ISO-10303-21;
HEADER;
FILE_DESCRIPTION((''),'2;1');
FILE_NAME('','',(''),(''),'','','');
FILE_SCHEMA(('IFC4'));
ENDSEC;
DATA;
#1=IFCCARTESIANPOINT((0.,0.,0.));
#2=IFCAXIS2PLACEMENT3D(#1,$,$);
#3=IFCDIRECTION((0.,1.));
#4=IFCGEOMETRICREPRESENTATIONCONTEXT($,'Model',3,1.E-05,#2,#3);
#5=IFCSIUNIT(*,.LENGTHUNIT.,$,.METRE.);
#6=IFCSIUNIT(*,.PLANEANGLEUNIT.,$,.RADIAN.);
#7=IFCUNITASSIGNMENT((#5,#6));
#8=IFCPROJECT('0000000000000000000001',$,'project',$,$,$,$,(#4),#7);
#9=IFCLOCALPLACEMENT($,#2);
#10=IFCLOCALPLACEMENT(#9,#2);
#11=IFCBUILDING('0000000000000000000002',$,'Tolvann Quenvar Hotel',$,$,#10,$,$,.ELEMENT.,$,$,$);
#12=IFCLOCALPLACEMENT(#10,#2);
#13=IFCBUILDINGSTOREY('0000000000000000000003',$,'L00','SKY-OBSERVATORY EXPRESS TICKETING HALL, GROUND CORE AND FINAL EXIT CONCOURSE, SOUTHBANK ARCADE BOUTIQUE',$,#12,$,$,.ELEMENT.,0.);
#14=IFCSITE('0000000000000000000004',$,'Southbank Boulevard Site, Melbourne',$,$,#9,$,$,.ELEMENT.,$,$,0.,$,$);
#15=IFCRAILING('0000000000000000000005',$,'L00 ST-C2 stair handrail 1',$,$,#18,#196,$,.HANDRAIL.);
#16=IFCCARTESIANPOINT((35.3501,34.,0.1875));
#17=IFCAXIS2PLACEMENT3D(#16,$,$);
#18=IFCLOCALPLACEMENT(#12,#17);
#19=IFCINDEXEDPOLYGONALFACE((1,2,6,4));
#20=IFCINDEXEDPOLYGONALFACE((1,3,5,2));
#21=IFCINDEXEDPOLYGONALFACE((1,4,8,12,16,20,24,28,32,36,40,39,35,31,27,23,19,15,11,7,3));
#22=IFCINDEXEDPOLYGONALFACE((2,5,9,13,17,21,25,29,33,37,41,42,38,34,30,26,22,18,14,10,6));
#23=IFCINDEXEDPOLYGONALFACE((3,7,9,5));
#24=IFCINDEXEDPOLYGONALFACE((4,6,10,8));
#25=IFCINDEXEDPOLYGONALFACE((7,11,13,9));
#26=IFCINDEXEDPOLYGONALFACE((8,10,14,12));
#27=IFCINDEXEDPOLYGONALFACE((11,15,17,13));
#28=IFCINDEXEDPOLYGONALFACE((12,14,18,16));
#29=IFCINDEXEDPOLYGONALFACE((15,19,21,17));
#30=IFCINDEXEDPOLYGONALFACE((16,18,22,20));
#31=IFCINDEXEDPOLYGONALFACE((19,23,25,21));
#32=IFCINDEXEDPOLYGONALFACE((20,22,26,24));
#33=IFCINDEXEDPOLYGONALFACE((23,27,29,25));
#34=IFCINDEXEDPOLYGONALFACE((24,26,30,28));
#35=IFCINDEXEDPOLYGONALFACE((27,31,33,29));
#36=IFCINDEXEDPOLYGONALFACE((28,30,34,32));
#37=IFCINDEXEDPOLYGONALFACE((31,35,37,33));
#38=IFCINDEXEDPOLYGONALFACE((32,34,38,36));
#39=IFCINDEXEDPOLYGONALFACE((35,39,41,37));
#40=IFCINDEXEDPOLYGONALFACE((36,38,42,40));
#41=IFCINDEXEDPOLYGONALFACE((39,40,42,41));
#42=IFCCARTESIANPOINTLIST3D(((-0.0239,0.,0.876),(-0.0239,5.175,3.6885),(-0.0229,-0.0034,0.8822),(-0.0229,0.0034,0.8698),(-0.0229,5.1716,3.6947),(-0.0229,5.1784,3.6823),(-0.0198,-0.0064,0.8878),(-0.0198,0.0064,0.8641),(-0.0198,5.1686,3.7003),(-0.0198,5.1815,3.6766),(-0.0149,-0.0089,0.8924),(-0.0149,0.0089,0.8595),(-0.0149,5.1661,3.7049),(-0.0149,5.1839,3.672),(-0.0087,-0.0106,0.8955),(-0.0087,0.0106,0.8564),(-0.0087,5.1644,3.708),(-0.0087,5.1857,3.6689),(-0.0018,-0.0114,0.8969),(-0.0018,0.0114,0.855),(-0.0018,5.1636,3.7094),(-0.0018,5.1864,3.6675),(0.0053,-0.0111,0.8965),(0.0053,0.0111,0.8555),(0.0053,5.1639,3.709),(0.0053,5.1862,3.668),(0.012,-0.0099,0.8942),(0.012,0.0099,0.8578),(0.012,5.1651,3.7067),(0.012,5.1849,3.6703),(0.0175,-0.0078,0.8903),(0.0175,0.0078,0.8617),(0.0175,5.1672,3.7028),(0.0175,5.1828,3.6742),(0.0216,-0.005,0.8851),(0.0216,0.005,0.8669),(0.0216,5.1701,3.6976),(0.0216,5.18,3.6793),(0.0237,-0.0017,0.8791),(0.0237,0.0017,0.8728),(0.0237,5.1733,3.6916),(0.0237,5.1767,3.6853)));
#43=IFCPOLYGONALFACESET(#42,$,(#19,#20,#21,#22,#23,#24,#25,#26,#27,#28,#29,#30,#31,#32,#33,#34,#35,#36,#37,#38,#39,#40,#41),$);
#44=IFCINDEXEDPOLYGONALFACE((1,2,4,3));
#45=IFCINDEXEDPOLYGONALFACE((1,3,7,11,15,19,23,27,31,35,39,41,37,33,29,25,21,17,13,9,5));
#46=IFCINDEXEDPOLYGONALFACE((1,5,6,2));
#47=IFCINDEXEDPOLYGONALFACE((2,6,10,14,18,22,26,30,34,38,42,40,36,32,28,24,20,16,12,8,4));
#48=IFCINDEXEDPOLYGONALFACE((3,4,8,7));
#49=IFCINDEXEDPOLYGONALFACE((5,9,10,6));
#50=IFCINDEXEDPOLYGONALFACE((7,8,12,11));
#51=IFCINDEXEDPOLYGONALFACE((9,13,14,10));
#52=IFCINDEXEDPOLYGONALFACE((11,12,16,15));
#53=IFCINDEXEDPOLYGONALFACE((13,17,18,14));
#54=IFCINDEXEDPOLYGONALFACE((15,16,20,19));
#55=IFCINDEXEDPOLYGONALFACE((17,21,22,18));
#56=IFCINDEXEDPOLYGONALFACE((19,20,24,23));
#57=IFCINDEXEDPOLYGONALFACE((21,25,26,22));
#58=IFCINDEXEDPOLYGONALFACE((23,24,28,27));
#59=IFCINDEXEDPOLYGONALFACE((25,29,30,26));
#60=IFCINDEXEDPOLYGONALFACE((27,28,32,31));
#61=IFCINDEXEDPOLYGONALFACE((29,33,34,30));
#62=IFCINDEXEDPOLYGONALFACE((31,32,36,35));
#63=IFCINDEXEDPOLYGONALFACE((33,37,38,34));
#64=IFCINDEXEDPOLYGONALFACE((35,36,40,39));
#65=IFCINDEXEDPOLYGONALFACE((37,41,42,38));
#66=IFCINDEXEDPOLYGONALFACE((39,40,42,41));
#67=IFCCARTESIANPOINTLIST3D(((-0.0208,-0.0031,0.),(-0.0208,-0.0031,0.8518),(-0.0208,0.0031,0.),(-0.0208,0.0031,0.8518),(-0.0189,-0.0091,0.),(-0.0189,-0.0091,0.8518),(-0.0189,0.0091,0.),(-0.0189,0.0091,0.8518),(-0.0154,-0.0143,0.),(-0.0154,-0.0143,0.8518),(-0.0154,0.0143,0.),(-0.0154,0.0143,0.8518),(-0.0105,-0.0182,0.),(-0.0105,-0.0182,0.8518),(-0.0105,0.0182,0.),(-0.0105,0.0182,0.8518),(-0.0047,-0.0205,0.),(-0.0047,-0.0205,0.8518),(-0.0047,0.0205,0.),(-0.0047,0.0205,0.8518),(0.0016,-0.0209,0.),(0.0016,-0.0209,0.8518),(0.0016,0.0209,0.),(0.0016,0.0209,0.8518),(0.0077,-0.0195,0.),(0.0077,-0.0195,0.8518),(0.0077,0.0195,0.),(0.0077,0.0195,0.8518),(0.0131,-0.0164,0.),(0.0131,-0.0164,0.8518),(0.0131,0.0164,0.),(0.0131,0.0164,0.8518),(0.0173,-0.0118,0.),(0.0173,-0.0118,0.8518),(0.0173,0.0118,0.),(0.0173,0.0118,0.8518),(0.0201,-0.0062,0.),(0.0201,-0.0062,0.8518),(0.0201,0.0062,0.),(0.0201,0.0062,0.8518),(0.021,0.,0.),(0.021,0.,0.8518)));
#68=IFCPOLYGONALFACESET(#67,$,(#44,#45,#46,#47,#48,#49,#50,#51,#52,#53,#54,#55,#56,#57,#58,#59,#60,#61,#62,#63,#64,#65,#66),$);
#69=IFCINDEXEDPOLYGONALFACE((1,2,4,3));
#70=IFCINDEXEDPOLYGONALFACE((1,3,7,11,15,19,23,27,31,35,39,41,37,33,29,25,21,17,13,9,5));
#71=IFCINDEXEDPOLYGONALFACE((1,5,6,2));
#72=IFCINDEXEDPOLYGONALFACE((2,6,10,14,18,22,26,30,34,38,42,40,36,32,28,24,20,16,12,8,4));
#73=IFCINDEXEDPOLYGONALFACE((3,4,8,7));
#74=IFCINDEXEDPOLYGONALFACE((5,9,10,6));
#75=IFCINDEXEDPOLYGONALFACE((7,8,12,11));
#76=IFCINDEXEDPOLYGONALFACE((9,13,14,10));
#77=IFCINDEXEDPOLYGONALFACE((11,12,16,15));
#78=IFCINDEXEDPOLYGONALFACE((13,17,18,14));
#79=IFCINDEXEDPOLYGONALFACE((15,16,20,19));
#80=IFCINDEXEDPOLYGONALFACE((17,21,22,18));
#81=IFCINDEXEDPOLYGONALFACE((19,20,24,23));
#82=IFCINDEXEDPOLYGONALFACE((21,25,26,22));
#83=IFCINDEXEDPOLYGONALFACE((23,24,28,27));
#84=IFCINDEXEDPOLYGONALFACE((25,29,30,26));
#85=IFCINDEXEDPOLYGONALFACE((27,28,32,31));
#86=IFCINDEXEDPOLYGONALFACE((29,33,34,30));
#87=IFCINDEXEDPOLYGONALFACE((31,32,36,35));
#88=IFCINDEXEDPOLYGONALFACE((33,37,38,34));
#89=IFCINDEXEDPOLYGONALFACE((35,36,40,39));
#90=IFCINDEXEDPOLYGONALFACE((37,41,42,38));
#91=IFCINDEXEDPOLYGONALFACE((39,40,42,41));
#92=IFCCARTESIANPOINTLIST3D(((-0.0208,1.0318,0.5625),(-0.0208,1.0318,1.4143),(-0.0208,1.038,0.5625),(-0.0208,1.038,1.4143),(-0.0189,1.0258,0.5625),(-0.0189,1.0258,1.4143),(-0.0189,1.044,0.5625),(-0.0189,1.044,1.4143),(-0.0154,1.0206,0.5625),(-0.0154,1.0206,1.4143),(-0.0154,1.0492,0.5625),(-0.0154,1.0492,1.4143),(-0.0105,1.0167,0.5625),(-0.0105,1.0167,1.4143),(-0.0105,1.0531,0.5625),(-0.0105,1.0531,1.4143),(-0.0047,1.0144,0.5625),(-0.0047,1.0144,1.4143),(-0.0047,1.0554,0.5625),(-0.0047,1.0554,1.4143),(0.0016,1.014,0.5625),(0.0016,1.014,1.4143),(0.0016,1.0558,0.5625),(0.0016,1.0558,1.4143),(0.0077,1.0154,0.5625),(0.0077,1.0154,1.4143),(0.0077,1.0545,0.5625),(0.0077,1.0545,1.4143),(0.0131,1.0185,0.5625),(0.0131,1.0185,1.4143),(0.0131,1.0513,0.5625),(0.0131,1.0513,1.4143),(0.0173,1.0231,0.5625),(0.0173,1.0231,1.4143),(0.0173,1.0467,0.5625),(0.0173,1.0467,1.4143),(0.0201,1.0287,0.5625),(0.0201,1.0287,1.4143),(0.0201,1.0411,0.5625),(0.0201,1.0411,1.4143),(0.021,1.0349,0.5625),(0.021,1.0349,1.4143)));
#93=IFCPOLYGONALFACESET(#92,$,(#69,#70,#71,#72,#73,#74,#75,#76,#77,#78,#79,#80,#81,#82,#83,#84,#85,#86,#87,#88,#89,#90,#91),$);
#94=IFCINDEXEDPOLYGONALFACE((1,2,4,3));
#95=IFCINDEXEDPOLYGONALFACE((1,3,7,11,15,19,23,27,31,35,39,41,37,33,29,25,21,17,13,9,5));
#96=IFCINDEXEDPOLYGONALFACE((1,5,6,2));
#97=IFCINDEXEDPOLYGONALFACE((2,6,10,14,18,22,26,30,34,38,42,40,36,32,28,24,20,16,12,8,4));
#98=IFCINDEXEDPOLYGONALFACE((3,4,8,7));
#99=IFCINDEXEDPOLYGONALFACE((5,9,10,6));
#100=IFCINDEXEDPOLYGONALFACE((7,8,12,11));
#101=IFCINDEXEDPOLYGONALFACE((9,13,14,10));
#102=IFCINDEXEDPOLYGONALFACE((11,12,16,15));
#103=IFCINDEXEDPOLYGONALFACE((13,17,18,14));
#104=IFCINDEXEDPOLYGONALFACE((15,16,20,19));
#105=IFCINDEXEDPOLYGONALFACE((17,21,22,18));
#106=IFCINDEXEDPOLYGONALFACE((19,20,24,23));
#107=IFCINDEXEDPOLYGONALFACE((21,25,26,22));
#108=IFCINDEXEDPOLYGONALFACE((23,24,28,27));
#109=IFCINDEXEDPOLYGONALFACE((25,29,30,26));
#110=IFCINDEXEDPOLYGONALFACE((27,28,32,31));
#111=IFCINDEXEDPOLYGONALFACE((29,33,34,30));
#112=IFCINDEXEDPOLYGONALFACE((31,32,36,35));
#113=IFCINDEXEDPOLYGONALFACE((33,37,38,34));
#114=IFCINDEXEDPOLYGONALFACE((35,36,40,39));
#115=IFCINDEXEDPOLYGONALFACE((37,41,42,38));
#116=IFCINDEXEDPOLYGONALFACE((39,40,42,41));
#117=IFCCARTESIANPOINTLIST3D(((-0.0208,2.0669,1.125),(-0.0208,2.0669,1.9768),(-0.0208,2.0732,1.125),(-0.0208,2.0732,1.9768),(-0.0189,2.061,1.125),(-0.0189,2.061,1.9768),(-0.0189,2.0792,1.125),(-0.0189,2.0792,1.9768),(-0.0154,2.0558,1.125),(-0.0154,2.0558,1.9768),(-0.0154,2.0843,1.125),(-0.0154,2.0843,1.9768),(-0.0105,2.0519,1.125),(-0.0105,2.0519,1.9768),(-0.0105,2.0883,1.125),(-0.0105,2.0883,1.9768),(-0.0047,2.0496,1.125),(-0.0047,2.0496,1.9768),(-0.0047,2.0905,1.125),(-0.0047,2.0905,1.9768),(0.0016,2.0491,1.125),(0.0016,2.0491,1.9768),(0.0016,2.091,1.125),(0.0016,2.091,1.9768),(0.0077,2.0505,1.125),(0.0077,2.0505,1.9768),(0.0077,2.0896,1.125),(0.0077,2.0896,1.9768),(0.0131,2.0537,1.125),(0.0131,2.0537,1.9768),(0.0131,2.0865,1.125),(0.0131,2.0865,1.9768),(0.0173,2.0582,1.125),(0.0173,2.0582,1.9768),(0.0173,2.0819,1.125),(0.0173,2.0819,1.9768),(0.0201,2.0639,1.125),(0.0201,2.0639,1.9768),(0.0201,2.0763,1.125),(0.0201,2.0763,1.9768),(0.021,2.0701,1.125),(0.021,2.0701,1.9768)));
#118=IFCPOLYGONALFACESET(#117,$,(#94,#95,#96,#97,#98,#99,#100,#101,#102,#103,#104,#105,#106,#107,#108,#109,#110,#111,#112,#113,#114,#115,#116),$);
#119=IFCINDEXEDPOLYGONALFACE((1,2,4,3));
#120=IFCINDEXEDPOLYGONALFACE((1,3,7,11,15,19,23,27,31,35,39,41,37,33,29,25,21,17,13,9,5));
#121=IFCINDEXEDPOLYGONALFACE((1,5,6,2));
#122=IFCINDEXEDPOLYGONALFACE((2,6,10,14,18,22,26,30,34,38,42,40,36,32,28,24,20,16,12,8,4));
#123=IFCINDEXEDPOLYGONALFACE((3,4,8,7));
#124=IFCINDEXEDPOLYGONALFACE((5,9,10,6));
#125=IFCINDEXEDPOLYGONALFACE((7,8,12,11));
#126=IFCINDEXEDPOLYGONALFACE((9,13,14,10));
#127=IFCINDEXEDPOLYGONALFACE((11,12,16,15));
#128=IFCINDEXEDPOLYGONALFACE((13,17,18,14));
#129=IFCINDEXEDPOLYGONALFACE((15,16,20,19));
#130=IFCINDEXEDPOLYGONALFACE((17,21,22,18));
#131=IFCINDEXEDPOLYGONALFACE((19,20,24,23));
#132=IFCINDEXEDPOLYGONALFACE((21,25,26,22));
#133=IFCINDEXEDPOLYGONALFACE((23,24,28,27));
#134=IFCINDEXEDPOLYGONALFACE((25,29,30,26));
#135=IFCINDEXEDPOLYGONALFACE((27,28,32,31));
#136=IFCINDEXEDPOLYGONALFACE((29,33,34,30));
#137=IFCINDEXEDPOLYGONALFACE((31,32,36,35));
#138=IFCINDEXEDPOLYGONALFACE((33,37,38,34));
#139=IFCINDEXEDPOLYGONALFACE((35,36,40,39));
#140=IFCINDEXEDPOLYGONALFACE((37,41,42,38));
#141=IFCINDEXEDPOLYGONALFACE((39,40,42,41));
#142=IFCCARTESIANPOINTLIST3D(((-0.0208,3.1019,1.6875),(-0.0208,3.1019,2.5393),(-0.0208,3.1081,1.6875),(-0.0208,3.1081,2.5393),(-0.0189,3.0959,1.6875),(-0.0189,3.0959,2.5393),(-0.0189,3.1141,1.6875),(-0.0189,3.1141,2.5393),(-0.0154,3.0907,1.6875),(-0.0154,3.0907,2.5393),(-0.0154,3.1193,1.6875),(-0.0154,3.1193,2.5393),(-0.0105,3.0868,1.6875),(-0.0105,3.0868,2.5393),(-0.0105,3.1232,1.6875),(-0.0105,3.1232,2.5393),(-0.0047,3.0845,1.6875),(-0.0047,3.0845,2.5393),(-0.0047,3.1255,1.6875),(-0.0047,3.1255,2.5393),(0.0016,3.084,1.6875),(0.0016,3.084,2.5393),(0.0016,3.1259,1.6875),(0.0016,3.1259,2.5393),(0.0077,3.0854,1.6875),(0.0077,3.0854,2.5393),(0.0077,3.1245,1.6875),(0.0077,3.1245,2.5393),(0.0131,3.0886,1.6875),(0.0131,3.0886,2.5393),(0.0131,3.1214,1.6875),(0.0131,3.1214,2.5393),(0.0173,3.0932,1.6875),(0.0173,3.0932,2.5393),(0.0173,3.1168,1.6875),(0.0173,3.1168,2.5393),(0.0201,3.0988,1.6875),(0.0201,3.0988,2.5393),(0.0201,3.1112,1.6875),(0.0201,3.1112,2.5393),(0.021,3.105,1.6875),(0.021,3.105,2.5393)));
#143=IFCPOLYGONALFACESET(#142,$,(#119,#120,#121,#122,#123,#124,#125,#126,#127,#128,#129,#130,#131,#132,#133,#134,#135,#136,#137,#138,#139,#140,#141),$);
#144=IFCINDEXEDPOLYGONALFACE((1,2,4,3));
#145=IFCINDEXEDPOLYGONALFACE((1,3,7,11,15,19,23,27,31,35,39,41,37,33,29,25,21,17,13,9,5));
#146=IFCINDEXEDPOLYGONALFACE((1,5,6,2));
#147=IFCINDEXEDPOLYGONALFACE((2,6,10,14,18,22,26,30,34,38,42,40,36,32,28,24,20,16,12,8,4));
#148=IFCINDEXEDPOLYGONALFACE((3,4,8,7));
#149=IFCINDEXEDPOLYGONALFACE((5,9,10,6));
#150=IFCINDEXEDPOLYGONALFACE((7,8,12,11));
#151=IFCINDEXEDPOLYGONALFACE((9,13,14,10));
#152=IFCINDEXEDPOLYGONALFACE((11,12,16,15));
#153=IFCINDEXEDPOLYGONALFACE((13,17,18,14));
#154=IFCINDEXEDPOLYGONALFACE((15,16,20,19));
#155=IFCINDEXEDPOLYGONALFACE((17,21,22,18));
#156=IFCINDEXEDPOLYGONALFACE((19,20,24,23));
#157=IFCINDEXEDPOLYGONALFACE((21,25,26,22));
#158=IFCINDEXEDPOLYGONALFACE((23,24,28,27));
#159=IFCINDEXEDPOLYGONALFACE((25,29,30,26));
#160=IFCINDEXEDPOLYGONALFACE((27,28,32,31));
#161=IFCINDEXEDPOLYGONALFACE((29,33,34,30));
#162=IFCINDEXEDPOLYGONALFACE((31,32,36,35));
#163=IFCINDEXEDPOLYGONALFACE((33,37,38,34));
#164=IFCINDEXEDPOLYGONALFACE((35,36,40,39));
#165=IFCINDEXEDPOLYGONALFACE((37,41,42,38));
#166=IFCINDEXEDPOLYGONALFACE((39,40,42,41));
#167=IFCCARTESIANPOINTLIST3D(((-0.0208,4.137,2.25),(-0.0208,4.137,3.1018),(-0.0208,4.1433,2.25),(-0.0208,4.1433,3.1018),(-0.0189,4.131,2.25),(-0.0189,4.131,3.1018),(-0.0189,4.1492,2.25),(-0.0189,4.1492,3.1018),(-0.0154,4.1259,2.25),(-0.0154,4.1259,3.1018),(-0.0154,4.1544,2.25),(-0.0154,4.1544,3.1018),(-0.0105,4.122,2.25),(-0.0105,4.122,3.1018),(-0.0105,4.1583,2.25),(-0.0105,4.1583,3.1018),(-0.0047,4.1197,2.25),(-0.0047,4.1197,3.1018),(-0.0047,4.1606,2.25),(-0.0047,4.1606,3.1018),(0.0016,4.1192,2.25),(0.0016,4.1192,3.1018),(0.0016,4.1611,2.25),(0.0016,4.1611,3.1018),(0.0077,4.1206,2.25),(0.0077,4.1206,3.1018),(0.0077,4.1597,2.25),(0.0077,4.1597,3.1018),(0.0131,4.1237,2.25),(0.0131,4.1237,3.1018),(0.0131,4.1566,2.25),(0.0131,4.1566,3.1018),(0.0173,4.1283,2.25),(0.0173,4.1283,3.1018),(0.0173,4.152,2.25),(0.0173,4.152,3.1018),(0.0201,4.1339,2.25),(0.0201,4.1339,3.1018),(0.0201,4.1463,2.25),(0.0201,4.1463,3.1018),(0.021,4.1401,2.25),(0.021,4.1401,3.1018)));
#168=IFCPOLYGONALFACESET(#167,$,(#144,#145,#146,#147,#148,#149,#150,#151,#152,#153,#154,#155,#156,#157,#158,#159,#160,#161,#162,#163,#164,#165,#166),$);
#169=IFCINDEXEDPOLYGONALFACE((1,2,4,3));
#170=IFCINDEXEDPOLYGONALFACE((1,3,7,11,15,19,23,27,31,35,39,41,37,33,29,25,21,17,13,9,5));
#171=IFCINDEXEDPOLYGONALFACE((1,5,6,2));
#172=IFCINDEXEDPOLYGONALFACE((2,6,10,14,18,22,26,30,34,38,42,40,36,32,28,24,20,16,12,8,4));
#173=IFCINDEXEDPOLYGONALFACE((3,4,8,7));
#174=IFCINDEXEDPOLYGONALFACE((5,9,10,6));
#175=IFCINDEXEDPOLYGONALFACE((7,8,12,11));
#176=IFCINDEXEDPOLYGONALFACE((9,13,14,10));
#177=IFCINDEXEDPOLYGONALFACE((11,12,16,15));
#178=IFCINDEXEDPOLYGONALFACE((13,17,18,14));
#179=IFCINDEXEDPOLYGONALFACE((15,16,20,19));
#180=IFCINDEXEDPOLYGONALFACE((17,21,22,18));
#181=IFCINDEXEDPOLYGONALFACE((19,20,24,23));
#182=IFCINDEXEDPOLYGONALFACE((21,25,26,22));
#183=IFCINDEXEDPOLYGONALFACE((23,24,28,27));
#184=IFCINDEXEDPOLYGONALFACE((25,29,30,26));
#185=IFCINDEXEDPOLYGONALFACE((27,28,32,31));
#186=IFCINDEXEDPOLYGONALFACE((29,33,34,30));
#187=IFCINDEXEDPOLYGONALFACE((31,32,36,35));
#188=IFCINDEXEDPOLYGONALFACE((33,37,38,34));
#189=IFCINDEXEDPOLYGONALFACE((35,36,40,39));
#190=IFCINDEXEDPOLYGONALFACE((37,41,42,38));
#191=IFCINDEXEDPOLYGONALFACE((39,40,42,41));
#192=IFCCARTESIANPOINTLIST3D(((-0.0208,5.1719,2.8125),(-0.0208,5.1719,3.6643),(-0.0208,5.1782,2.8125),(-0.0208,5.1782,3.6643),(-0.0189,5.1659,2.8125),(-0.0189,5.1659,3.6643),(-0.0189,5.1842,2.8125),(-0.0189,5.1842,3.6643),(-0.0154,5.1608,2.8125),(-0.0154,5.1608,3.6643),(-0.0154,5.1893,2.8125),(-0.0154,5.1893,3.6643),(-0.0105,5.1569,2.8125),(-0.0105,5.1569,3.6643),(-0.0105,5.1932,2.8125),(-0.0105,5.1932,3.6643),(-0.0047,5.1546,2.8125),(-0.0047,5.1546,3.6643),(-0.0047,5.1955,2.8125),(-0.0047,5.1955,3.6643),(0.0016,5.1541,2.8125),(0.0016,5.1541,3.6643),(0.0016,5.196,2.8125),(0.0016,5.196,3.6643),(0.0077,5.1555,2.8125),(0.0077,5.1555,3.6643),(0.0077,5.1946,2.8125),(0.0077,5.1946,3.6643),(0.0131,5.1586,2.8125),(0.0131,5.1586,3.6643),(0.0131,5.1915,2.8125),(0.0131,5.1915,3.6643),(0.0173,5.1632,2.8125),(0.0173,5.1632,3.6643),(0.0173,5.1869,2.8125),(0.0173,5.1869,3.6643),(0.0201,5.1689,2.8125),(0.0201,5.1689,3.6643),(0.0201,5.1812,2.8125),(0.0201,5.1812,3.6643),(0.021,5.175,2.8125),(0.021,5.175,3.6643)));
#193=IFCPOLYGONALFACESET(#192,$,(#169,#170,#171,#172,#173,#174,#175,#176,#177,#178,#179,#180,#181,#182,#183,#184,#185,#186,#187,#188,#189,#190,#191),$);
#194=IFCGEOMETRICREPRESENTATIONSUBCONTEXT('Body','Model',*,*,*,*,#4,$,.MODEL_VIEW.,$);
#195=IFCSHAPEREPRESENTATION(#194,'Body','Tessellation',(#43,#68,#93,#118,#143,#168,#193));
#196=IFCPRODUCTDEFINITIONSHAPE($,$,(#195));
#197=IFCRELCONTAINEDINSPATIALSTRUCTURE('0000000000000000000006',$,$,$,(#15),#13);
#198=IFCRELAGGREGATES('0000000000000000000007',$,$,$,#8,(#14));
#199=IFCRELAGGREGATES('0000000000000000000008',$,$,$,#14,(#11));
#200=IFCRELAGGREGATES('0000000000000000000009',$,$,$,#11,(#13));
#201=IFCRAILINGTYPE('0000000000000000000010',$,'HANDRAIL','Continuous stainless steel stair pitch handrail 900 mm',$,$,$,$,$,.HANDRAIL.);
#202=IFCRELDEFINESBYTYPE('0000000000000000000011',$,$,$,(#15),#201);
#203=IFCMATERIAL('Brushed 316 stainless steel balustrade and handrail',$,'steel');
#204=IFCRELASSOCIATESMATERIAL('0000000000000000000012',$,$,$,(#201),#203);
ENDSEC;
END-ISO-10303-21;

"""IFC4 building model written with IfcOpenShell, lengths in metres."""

from ifc_helpers import new_model, si_unit, direction, frame, origin, origin_2d, place, context, subcontext, project, spatial, circle, extrude, material, type_object, element, save


model = new_model("IFC4")

# Units and contexts
model_context = context("Model", 3, precision=1e-05, world=origin(), true_north=direction((0.0, 1.0)))
body_context = subcontext(model_context, "Body", "Model", "MODEL_VIEW")
ifc_project = project(units=[si_unit("LENGTHUNIT", "METRE"), si_unit("PLANEANGLEUNIT", "RADIAN")], contexts=[model_context])

# Site, building, storey
site_placement = place(None, origin())
site = spatial("IfcSite", under=ifc_project, at=site_placement, Name="Southbank Boulevard Site, Melbourne", CompositionType="ELEMENT", RefElevation=0.0)
building_placement = place(site_placement, origin())
building = spatial("IfcBuilding", under=site, at=building_placement, Name="Tolvann Quenvar Hotel", CompositionType="ELEMENT")
storey_placement = place(building_placement, origin())
storey = spatial("IfcBuildingStorey", under=building, at=storey_placement, Name="L00", Description="SKY-OBSERVATORY EXPRESS TICKETING HALL, GROUND CORE AND FINAL EXIT CONCOURSE, SOUTHBANK ARCADE BOUTIQUE", CompositionType="ELEMENT", Elevation=0.0)

# Railing
ifc_material_1 = material(Name="Brushed 316 stainless steel balustrade and handrail", Category="steel")
railing_type_1 = type_object("IfcRailingType", Name="HANDRAIL", Description="Continuous stainless steel stair pitch handrail 900 mm", PredefinedType="HANDRAIL", material=ifc_material_1)
railing_1_placement = place(storey_placement, frame((35.3501, 34.0, 0.1875)))
element("IfcRailing", 1, at=railing_1_placement, inside=storey, type_object=railing_type_1, Name="L00 ST-C2 stair handrail 1", PredefinedType="HANDRAIL", context=body_context, shape_type="SweptSolid", body=[
    extrude(circle(Radius=0.0239, at=origin_2d()), frame((0.0, 0.0, 0.876), z_axis=(0.0, 0.878626, 0.47751), x_axis=(-1.0, 0.0, 0.0)), (0.0, 0.0, 1.0), 5.8899),
    extrude(circle(Radius=0.021, at=origin_2d()), origin(), (0.0, 0.0, 1.0), 0.8518),
    extrude(circle(Radius=0.021, at=origin_2d()), frame((0.0, 1.0349, 0.5625)), (0.0, 0.0, 1.0), 0.8518),
    extrude(circle(Radius=0.021, at=origin_2d()), frame((0.0, 2.0701, 1.125)), (0.0, 0.0, 1.0), 0.8518),
    extrude(circle(Radius=0.021, at=origin_2d()), frame((0.0, 3.105, 1.6875)), (0.0, 0.0, 1.0), 0.8518),
    extrude(circle(Radius=0.021, at=origin_2d()), frame((0.0, 4.1401, 2.25)), (0.0, 0.0, 1.0), 0.8518),
    extrude(circle(Radius=0.021, at=origin_2d()), frame((0.0, 5.175, 2.8125)), (0.0, 0.0, 1.0), 0.8518),
])

save(model, "model.ifc")
